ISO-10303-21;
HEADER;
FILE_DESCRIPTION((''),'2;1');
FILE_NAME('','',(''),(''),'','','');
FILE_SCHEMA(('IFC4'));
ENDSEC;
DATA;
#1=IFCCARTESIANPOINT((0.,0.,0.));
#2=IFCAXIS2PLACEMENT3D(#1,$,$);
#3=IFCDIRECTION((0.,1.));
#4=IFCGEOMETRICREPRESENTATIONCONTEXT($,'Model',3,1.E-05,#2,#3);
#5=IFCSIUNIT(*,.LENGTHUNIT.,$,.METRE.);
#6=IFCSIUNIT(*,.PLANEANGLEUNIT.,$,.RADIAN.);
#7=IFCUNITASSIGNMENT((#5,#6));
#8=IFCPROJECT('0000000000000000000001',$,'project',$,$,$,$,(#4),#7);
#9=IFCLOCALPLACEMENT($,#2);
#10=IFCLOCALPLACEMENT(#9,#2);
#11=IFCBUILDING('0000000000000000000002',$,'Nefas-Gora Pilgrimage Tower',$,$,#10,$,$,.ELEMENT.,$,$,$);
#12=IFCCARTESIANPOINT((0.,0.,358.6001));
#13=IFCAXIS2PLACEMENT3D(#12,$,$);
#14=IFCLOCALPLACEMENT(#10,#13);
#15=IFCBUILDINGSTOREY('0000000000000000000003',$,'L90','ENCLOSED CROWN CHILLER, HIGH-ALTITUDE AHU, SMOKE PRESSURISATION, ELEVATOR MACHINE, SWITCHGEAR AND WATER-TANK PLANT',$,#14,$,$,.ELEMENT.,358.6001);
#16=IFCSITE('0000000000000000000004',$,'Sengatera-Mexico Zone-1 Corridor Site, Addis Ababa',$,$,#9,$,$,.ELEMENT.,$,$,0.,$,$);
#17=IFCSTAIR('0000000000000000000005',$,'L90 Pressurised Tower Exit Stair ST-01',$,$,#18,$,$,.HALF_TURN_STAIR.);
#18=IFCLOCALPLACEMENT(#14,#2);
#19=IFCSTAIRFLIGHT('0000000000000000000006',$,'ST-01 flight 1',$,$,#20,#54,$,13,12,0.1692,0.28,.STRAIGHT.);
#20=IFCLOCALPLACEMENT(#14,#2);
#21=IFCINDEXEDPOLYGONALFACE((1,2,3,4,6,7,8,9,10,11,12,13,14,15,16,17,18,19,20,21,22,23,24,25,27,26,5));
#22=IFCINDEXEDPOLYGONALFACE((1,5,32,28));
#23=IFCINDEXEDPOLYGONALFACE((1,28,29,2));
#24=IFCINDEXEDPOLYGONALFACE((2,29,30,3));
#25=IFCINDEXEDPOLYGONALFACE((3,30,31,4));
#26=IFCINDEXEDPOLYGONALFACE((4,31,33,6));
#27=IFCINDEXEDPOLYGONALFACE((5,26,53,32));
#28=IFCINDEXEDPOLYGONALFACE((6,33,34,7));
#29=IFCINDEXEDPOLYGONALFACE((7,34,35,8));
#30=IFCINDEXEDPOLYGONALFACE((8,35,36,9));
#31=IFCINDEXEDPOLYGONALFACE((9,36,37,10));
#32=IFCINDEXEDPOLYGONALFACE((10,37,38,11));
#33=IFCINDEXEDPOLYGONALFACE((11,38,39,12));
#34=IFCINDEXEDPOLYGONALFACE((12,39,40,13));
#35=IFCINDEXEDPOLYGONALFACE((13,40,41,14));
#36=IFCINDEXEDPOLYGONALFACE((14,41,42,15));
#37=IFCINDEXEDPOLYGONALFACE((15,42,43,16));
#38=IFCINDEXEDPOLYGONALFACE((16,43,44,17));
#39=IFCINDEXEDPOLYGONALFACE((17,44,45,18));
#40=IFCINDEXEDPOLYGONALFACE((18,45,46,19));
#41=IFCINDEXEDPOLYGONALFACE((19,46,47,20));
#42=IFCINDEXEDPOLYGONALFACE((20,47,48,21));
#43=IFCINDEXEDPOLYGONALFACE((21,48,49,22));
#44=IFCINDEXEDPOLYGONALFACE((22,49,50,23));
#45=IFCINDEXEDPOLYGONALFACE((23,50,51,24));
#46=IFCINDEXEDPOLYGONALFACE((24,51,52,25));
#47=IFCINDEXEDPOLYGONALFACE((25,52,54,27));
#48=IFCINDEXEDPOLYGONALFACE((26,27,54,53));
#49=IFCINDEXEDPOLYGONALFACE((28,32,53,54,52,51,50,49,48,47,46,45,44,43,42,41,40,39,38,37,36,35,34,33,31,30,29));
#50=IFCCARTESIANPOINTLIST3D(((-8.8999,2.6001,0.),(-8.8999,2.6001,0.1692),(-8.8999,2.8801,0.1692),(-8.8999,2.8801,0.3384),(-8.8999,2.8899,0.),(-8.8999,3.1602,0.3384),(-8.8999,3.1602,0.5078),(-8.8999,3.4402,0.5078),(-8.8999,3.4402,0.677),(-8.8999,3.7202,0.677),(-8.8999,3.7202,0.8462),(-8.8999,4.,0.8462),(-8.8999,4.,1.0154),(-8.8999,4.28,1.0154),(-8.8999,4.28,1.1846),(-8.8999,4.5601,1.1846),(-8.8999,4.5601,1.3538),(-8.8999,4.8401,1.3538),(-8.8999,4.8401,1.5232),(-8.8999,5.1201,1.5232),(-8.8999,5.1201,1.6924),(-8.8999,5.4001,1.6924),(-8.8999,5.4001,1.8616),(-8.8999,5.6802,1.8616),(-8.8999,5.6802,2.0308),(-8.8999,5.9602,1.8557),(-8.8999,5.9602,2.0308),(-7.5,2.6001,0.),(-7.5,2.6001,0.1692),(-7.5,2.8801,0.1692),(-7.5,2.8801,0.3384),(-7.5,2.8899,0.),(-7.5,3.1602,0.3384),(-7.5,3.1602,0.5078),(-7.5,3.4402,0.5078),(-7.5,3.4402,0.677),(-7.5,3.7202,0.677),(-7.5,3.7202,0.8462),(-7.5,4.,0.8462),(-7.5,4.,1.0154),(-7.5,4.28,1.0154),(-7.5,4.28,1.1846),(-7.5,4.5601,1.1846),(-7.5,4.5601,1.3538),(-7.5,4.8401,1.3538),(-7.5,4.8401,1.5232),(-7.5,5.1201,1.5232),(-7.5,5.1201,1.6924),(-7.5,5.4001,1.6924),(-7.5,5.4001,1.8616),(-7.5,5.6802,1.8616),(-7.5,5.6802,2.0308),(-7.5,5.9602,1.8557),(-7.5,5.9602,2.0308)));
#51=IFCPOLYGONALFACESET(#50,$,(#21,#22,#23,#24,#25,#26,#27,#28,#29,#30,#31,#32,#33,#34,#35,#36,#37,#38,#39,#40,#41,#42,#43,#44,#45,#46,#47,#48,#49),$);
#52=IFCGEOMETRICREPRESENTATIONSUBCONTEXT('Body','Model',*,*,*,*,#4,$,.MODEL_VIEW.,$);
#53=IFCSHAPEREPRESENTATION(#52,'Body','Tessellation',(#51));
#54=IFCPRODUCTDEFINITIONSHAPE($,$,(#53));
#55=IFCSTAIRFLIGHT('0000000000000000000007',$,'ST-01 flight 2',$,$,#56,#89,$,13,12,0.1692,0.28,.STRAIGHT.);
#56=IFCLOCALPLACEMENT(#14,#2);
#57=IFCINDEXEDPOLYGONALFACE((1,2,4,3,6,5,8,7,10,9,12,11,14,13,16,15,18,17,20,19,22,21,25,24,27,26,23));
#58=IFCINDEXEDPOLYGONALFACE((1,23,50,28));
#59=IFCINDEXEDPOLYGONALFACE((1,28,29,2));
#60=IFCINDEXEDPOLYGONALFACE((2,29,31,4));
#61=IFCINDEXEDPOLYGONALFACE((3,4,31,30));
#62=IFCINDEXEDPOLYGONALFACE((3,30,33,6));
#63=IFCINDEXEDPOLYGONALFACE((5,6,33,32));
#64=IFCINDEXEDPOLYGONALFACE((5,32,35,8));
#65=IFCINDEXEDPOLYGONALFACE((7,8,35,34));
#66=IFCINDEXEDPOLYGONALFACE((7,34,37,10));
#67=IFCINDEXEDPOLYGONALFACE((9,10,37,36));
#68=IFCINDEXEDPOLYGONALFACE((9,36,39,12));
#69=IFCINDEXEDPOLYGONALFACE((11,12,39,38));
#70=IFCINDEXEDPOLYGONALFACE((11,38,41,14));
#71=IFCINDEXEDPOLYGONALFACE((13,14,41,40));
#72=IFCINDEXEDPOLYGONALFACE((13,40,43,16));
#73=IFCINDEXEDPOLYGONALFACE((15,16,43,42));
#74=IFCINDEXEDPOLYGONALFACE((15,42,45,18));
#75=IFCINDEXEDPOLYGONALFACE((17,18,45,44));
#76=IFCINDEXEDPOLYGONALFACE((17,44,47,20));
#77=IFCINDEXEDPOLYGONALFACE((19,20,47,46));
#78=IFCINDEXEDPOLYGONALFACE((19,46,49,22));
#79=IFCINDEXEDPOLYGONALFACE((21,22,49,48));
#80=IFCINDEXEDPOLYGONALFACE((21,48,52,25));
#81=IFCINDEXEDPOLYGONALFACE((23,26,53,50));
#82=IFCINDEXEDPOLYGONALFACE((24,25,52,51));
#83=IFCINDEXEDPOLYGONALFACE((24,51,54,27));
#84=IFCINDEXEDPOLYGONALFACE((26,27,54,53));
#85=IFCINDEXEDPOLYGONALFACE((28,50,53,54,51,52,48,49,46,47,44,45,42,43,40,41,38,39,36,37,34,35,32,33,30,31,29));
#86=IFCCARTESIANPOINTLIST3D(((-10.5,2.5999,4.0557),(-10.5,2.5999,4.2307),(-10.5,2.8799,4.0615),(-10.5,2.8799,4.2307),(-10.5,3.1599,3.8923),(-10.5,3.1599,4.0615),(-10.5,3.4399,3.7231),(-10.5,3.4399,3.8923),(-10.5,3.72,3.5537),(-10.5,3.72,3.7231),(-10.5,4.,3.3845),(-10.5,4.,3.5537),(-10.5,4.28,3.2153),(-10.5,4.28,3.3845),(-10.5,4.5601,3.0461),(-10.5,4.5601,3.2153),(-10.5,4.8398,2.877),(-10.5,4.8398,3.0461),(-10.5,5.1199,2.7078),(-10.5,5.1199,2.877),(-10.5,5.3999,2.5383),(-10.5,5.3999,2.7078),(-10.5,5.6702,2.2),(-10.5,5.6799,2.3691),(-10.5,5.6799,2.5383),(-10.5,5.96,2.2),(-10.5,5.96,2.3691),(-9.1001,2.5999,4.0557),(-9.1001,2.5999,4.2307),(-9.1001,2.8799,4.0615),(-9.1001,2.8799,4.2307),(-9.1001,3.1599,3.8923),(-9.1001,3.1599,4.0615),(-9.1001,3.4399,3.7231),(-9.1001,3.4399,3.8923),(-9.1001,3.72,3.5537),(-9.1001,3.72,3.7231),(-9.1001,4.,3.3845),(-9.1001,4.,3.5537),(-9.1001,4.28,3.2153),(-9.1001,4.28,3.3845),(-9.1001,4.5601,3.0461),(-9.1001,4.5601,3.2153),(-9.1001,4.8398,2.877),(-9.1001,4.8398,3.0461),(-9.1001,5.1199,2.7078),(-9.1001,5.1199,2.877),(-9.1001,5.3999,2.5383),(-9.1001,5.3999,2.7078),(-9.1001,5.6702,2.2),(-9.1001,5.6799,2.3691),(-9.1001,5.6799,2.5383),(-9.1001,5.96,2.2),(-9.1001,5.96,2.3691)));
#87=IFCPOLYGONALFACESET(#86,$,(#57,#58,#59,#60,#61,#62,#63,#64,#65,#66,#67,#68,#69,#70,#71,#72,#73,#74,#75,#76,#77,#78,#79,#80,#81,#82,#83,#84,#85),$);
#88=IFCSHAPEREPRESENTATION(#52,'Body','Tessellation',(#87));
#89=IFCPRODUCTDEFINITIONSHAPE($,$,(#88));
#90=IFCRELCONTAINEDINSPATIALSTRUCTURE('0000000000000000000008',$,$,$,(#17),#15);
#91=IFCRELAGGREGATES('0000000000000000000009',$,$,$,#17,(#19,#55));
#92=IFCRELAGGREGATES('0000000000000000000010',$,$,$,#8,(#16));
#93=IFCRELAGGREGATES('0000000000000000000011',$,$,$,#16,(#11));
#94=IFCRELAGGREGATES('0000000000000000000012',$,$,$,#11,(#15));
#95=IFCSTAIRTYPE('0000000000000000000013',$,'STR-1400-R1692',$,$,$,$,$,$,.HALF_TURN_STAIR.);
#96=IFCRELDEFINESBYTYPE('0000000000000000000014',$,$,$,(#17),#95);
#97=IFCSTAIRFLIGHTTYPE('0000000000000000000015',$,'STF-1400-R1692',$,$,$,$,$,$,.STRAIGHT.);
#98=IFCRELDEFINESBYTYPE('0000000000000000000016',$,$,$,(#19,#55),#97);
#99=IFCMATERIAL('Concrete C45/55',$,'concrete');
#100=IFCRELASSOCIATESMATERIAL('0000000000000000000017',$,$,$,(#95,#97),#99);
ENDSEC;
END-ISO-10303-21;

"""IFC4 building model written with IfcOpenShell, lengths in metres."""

from ifc_helpers import new_model, si_unit, direction, frame, origin, place, context, subcontext, project, spatial, polyline, outline, extrude, source, transform, mapped, material, type_object, element, aggregate, save


model = new_model("IFC4")

# Units and contexts
model_context = context("Model", 3, precision=1e-05, world=origin(), true_north=direction((0.0, 1.0)))
body_context = subcontext(model_context, "Body", "Model", "MODEL_VIEW")
ifc_project = project(units=[si_unit("LENGTHUNIT", "METRE"), si_unit("PLANEANGLEUNIT", "RADIAN")], contexts=[model_context])

# Site, building, storey
site_placement = place(None, origin())
site = spatial("IfcSite", under=ifc_project, at=site_placement, Name="Sengatera-Mexico Zone-1 Corridor Site, Addis Ababa", CompositionType="ELEMENT", RefElevation=0.0)
building_placement = place(site_placement, origin())
building = spatial("IfcBuilding", under=site, at=building_placement, Name="Nefas-Gora Pilgrimage Tower", CompositionType="ELEMENT")
storey_placement = place(building_placement, frame((0.0, 0.0, 358.6001)))
storey = spatial("IfcBuildingStorey", under=building, at=storey_placement, Name="L90", Description="ENCLOSED CROWN CHILLER, HIGH-ALTITUDE AHU, SMOKE PRESSURISATION, ELEVATOR MACHINE, SWITCHGEAR AND WATER-TANK PLANT", CompositionType="ELEMENT", Elevation=358.6001)

# Shared definitions
ifc_material_1 = material(Name="Concrete C45/55", Category="concrete")

# Stair, stair flights
stair_type = type_object("IfcStairType", Name="STR-1400-R1692", PredefinedType="HALF_TURN_STAIR", material=ifc_material_1)
stair_placement = place(storey_placement, origin())
stair = element("IfcStair", 1, at=stair_placement, inside=storey, type_object=stair_type, Name="L90 Pressurised Tower Exit Stair ST-01", PredefinedType="HALF_TURN_STAIR")
stair_flight_type = type_object("IfcStairFlightType", Name="STF-1400-R1692", PredefinedType="STRAIGHT", material=ifc_material_1)
shared_shape_1 = source(origin(), body_context, "Body", "SweptSolid", [
    extrude(outline(polyline([(0.0, 0.0), (0.0, 0.1692), (0.28, 0.1692), (0.28, 0.3384), (0.5601, 0.3384), (0.5601, 0.5078), (0.8401, 0.5078), (0.8401, 0.677), (1.1201, 0.677), (1.1201, 0.8462), (1.3999, 0.8462), (1.3999, 1.0154), (1.6799, 1.0154), (1.6799, 1.1846), (1.96, 1.1846), (1.96, 1.3538), (2.24, 1.3538), (2.24, 1.5232), (2.52, 1.5232), (2.52, 1.6924), (2.8, 1.6924), (2.8, 1.8616), (3.0801, 1.8616), (3.0801, 2.0308), (3.3601, 2.0308), (3.3601, 2.2), (3.3601, 1.8557), (0.2898, 0.0), (0.0, 0.0)])), frame((0.0, 0.7, 0.0), z_axis=(0.0, -1.0, 0.0), x_axis=(1.0, 0.0, 0.0)), (0.0, 0.0, 1.0), 1.3999),
])
stair_flight_1_placement = place(storey_placement, frame((-8.2, 2.6001, 0.0), z_axis=(0.0, 0.0, 1.0), x_axis=(0.0, 1.0, 0.0)))
stair_flight_1 = element("IfcStairFlight", 2, at=stair_flight_1_placement, type_object=stair_flight_type, Name="ST-01 flight 1", NumberOfRisers=13, NumberOfTreads=12, PredefinedType="STRAIGHT", RiserHeight=0.1692, TreadLength=0.28, context=body_context, shape_type="MappedRepresentation", body=[
    mapped(shared_shape_1, transform((0.0, 0.0, 0.0), x_axis=(1.0, 0.0, 0.0), y_axis=(0.0, 1.0, 0.0), z_axis=(0.0, 0.0, 1.0), scale=1.0)),
])
stair_flight_2_placement = place(storey_placement, frame((-9.8, 5.96, 2.2), z_axis=(0.0, 0.0, 1.0), x_axis=(0.0, -1.0, 0.0)))
stair_flight_2 = element("IfcStairFlight", 3, at=stair_flight_2_placement, type_object=stair_flight_type, Name="ST-01 flight 2", NumberOfRisers=13, NumberOfTreads=12, PredefinedType="STRAIGHT", RiserHeight=0.1692, TreadLength=0.28, context=body_context, shape_type="MappedRepresentation", body=[
    mapped(shared_shape_1, transform((0.0, 0.0, 0.0), x_axis=(1.0, 0.0, 0.0), y_axis=(0.0, 1.0, 0.0), z_axis=(0.0, 0.0, 1.0), scale=1.0)),
])
aggregate(stair, [stair_flight_1, stair_flight_2])

save(model, "model.ifc")
